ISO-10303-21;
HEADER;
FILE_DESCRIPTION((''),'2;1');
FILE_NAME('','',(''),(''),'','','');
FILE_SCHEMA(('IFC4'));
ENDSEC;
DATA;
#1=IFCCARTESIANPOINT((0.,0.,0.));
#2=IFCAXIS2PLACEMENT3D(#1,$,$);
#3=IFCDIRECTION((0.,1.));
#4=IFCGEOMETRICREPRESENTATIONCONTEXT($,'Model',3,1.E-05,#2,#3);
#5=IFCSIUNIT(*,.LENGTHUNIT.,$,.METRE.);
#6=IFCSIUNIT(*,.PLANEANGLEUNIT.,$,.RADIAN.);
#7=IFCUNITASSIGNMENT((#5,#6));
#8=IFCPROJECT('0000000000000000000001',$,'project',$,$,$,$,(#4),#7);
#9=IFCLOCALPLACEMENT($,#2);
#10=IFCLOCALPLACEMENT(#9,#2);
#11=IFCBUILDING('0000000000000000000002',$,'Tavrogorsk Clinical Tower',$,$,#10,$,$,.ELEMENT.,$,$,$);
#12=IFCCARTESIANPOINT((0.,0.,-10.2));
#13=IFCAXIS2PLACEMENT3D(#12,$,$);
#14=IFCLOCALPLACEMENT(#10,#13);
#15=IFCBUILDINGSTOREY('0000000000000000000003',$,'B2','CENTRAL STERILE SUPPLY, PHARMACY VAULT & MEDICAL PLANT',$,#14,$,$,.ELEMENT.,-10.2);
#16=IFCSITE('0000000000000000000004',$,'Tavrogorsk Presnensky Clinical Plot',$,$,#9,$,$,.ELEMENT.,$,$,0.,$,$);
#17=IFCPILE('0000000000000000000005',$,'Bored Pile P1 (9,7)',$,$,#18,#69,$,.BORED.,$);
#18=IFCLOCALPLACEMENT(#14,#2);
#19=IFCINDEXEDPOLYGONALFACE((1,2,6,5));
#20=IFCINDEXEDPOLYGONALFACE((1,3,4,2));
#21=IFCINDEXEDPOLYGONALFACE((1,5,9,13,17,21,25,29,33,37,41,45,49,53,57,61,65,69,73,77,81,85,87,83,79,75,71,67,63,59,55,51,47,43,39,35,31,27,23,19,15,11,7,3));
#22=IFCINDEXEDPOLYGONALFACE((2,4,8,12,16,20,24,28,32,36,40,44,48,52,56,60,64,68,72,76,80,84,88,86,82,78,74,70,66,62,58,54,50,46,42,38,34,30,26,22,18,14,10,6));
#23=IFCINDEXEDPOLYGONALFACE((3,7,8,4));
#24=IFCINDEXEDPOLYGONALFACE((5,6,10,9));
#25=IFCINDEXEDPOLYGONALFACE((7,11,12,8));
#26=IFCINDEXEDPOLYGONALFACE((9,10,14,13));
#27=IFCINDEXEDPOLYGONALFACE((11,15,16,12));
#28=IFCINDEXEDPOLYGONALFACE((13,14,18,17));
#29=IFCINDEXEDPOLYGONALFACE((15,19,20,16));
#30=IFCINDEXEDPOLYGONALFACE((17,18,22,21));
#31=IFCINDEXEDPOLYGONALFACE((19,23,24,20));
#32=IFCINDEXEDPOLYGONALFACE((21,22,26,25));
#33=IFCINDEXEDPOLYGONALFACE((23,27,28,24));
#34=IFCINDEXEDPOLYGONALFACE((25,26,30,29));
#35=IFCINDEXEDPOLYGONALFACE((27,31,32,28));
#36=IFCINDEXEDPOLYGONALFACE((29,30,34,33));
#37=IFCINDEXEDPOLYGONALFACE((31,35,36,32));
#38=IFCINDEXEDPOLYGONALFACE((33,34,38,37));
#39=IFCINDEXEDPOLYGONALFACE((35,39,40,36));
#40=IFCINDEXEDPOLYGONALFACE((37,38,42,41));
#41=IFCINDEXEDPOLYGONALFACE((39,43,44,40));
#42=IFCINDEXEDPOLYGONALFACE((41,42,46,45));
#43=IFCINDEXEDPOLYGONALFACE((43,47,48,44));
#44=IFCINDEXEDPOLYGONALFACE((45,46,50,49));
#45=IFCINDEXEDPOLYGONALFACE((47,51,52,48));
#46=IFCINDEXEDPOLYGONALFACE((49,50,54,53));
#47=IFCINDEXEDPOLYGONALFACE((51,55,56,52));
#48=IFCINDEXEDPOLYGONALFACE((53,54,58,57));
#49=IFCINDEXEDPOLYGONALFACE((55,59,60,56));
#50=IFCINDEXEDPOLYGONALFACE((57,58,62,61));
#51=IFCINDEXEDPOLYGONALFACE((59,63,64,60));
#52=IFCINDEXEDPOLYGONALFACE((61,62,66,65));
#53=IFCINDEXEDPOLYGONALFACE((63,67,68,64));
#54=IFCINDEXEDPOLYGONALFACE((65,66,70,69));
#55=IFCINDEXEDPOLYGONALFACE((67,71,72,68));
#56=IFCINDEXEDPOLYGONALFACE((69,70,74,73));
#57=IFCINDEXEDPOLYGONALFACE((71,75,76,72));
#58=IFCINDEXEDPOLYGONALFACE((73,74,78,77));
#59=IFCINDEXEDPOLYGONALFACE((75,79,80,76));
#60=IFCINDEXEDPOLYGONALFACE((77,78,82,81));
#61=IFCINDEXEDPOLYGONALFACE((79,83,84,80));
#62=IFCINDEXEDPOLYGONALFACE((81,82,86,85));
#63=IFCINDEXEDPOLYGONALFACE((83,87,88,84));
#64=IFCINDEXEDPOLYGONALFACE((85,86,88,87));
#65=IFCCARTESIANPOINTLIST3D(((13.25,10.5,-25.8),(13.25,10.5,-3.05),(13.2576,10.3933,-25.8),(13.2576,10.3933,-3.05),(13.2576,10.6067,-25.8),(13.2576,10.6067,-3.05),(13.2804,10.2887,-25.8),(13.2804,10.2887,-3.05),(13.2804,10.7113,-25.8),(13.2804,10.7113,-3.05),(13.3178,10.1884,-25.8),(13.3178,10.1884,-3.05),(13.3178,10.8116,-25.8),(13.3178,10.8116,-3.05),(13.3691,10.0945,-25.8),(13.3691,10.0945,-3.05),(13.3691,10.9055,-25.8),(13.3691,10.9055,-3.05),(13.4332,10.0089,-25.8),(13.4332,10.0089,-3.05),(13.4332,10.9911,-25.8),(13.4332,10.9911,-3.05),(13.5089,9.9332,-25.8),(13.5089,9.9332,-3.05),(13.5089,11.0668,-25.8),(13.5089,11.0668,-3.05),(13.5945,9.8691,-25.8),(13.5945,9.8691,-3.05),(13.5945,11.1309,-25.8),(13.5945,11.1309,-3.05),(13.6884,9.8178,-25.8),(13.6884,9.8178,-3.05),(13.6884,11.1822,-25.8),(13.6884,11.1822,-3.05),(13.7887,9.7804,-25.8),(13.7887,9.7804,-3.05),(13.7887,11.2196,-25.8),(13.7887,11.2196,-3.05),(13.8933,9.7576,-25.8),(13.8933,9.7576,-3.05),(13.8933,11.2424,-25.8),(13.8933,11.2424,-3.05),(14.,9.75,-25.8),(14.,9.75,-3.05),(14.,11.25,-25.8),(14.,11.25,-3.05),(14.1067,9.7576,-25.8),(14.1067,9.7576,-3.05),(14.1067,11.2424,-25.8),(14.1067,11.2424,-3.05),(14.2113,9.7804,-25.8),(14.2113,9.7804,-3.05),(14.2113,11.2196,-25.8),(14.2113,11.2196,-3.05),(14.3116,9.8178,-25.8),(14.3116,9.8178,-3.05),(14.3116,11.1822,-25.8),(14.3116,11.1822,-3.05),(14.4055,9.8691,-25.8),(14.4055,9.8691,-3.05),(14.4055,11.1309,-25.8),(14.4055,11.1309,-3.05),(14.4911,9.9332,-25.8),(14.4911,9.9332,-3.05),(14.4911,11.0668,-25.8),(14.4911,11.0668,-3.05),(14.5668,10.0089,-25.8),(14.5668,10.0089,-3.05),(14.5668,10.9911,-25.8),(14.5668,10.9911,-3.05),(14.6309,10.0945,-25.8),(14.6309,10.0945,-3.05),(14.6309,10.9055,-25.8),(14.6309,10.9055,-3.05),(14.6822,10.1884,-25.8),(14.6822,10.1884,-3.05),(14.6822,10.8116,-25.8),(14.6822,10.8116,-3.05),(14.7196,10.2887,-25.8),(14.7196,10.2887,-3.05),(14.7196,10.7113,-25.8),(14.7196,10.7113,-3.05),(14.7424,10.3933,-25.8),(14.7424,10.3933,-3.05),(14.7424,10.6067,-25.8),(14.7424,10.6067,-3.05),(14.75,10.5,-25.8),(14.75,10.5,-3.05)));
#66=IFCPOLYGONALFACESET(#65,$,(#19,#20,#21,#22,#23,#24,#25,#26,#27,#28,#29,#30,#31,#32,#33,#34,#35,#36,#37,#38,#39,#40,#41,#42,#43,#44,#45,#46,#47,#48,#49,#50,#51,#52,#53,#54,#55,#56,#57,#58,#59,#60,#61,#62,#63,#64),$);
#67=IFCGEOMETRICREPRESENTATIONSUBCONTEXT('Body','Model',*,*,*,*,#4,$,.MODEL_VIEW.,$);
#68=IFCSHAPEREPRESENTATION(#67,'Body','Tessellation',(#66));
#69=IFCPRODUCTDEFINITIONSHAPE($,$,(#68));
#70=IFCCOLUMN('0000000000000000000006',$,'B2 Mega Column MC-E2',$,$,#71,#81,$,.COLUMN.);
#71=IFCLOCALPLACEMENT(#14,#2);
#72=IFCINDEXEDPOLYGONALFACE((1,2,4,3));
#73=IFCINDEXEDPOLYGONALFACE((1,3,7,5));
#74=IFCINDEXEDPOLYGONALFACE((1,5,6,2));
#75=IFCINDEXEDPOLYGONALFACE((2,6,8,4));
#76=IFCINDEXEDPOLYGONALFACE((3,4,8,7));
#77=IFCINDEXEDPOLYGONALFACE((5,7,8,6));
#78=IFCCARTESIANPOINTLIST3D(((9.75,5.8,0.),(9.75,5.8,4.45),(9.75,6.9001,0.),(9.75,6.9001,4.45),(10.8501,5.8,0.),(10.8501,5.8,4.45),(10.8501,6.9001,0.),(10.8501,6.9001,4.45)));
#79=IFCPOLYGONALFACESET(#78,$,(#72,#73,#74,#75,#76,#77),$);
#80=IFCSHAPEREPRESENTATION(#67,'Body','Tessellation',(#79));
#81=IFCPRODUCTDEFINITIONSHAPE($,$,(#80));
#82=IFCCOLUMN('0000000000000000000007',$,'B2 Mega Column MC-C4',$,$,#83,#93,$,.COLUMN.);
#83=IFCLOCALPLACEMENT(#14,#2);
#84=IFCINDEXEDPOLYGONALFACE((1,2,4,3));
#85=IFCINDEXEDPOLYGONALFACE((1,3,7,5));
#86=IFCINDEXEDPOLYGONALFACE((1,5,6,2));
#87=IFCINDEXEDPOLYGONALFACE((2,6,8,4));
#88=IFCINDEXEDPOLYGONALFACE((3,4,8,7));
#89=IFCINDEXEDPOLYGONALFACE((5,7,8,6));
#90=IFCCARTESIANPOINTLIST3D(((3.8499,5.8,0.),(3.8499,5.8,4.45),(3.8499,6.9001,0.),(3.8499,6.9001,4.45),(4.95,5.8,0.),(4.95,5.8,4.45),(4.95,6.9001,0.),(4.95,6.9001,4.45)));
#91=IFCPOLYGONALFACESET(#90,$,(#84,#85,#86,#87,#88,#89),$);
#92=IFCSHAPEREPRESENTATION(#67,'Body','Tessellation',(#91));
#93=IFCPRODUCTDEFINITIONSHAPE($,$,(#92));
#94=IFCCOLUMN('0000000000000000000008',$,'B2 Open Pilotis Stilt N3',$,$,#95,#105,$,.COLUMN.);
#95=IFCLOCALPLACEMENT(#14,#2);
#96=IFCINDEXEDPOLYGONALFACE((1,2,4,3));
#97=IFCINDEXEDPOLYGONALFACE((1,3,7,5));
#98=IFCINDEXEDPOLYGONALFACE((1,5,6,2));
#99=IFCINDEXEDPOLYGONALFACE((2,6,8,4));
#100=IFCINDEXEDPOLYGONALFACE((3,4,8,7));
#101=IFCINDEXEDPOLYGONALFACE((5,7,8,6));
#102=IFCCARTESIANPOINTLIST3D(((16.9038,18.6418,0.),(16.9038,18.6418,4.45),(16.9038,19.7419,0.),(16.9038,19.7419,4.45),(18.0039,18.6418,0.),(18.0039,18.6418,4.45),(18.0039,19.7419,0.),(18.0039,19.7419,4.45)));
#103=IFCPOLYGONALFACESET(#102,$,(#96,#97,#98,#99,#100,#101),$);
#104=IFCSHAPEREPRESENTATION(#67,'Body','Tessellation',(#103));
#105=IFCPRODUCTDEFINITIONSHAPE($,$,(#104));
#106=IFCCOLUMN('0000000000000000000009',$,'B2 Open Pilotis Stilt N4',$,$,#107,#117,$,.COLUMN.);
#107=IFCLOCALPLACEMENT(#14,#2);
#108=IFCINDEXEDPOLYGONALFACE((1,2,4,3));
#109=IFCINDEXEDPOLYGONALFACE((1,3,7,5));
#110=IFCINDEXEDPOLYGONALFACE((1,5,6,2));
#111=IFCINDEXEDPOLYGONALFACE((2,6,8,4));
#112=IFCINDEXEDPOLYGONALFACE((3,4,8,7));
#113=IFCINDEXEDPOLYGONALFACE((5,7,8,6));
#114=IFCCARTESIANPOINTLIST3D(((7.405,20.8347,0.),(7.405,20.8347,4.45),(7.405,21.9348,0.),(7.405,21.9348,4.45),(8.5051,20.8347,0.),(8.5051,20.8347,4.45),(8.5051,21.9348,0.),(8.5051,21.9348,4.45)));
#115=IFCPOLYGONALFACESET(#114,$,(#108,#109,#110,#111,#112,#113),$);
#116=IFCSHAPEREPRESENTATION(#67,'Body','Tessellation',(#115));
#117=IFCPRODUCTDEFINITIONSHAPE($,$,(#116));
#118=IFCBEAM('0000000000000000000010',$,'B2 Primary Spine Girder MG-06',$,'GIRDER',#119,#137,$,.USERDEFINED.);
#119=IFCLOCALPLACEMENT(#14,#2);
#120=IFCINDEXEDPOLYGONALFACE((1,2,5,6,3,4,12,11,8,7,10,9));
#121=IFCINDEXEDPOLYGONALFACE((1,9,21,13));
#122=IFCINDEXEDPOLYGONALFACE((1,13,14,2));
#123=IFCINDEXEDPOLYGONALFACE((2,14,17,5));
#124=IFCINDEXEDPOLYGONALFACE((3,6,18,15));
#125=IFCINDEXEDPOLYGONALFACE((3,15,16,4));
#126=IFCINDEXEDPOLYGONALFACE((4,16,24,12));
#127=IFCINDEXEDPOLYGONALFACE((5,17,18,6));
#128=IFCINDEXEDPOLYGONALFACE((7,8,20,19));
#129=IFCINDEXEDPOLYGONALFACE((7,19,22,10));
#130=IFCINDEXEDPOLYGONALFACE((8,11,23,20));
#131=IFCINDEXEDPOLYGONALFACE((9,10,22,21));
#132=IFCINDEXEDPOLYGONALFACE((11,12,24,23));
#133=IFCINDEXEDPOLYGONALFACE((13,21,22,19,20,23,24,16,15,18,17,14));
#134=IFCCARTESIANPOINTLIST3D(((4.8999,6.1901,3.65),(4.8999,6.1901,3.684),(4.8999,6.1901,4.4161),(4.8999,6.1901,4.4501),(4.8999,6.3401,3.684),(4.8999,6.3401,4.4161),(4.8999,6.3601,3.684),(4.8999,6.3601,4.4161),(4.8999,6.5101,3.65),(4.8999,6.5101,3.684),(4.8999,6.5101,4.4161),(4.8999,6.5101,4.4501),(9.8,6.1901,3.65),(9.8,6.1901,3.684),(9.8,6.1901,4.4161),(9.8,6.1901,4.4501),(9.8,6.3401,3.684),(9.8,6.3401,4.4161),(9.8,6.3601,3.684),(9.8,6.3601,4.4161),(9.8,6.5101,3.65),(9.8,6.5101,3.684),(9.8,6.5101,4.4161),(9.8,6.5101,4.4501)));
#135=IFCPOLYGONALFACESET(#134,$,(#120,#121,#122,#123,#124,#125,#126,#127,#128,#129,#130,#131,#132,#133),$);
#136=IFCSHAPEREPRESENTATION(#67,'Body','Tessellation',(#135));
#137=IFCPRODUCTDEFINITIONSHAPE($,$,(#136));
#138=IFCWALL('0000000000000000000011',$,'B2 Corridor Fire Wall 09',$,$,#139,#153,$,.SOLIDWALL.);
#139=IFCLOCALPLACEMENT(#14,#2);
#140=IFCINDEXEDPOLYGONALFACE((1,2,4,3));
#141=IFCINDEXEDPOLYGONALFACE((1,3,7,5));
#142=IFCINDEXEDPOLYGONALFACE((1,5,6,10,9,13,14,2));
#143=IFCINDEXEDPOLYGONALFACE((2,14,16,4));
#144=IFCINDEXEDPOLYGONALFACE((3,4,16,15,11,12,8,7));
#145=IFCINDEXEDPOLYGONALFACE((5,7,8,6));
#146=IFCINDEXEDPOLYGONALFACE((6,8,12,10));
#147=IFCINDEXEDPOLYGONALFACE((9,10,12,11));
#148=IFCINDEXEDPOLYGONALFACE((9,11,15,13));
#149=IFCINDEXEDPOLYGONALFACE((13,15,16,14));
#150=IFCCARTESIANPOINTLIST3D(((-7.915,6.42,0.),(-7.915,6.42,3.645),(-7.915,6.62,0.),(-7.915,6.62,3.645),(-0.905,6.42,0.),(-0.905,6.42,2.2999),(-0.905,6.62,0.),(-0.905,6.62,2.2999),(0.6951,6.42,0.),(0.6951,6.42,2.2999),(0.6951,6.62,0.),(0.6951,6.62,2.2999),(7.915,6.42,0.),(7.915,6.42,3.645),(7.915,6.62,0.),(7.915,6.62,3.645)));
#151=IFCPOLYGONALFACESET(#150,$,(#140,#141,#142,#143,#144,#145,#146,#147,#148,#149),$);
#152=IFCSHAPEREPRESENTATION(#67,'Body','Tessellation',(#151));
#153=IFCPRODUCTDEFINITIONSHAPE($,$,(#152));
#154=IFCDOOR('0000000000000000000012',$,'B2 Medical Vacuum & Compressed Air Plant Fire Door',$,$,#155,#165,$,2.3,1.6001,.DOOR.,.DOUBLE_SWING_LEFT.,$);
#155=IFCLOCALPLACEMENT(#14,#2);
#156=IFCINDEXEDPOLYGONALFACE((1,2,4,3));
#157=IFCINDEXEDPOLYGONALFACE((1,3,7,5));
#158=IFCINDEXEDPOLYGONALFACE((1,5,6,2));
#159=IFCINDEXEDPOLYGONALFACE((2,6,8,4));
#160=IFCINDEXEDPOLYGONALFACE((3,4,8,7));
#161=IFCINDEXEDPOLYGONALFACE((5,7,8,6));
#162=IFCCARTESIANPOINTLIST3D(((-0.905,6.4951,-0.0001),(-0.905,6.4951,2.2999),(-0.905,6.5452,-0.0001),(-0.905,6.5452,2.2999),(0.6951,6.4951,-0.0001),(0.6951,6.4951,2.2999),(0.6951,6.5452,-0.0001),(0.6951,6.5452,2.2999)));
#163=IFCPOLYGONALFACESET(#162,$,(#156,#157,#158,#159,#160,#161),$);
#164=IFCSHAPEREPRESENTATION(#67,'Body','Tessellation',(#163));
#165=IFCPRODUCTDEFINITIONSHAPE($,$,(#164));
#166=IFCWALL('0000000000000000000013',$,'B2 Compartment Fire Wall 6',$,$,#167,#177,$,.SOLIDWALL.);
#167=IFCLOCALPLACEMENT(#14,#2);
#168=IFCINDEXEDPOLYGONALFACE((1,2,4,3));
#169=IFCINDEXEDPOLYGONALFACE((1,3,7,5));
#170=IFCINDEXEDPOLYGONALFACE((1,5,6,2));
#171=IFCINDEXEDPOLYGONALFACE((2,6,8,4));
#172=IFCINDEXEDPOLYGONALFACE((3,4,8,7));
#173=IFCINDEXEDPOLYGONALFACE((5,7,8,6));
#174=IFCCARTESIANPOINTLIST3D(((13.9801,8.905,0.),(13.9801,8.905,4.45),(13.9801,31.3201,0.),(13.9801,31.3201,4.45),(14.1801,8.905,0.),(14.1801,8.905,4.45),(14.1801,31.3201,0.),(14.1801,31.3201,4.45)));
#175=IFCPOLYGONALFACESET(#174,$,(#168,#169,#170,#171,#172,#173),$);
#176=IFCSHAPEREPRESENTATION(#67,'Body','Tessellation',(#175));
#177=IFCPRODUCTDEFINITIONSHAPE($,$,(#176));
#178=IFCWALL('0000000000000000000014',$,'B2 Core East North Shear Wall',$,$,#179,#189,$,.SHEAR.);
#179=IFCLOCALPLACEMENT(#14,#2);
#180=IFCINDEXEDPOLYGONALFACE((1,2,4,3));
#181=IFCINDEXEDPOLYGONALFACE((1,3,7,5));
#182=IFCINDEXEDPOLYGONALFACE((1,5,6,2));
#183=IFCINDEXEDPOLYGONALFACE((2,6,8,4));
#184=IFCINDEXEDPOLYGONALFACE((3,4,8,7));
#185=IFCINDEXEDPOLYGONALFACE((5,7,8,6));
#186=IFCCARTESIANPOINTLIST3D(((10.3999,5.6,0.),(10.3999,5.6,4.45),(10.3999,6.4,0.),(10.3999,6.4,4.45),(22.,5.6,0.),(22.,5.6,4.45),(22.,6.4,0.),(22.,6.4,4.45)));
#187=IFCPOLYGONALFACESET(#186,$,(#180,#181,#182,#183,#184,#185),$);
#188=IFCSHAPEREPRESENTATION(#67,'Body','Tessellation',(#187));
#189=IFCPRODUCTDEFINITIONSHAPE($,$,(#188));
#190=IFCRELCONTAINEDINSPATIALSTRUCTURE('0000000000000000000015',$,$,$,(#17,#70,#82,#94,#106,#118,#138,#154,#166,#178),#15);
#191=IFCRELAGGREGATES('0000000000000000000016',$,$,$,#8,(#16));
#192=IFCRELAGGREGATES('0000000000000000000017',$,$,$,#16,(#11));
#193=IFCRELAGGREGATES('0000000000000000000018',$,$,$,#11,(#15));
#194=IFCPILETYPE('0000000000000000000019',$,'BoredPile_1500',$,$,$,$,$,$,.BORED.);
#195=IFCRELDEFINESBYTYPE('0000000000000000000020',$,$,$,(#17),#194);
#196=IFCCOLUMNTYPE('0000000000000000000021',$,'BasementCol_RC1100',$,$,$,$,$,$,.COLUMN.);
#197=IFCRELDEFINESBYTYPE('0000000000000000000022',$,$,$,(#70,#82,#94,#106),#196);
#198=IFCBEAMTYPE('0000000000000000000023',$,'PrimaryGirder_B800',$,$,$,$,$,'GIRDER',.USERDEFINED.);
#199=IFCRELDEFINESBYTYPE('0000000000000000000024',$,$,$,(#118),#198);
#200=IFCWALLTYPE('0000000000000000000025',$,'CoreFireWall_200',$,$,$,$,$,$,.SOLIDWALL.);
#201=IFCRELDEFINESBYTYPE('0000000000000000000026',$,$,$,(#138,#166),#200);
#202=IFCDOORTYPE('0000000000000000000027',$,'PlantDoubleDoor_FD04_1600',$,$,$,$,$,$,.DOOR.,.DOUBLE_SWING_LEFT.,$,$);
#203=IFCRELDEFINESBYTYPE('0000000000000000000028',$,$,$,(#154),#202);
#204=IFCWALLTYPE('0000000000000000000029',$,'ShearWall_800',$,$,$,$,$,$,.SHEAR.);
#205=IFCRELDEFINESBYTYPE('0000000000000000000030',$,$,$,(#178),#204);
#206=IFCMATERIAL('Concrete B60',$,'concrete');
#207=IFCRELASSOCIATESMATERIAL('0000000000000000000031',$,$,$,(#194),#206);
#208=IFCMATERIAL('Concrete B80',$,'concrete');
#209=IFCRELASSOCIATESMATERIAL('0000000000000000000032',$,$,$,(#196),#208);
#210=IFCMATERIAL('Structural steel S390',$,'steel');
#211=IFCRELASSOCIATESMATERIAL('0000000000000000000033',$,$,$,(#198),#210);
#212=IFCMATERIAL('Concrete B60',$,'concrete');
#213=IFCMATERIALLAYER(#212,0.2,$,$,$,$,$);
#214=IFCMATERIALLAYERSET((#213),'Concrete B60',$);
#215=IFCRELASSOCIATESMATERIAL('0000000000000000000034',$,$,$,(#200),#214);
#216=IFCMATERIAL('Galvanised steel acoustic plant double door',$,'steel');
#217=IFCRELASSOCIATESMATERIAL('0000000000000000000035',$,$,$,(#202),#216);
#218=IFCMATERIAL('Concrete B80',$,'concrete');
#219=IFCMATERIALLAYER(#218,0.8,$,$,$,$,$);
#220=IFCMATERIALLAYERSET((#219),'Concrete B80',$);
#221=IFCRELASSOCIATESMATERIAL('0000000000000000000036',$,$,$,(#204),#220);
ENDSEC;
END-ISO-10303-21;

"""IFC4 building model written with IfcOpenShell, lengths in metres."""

from ifc_helpers import new_model, si_unit, direction, frame, frame_2d, origin, origin_2d, place, context, subcontext, project, spatial, rectangle, circle, i_section, extrude, material, layer, layer_set, material_profile, profile_set, type_object, element, fill, save


model = new_model("IFC4")

# Units and contexts
model_context = context("Model", 3, precision=1e-05, world=origin(), true_north=direction((0.0, 1.0)))
body_context = subcontext(model_context, "Body", "Model", "MODEL_VIEW")
ifc_project = project(units=[si_unit("LENGTHUNIT", "METRE"), si_unit("PLANEANGLEUNIT", "RADIAN")], contexts=[model_context])

# Site, building, storey
site_placement = place(None, origin())
site = spatial("IfcSite", under=ifc_project, at=site_placement, Name="Tavrogorsk Presnensky Clinical Plot", CompositionType="ELEMENT", RefElevation=0.0)
building_placement = place(site_placement, origin())
building = spatial("IfcBuilding", under=site, at=building_placement, Name="Tavrogorsk Clinical Tower", CompositionType="ELEMENT")
storey_placement = place(building_placement, frame((0.0, 0.0, -10.2)))
storey = spatial("IfcBuildingStorey", under=building, at=storey_placement, Name="B2", Description="CENTRAL STERILE SUPPLY, PHARMACY VAULT & MEDICAL PLANT", CompositionType="ELEMENT", Elevation=-10.2)

# Pile
ifc_material_1 = material(Name="Concrete B60", Category="concrete")
ifc_material_profile_1 = material_profile(ifc_material_1, circle(Radius=0.75, at=origin_2d()), Name="BORED-PILE-1500")
ifc_profile_set_1 = profile_set([ifc_material_profile_1], Name="Concrete B60")
pile_type_1 = type_object("IfcPileType", Name="BoredPile_1500", PredefinedType="BORED", material=ifc_profile_set_1)
for number, where, z_axis, x_axis, name in (
    (1, (14.0, 10.5, -3.05), (0.0, 0.0, -1.0), (1.0, 0.0, 0.0), "Bored Pile P1 (9,7)"),
):
    element("IfcPile", number, at=place(storey_placement, frame(where, z_axis=z_axis, x_axis=x_axis)), inside=storey, type_object=pile_type_1, Name=name, PredefinedType="BORED", context=body_context, shape_type="SweptSolid", body=[
        extrude(circle(Radius=0.75, at=origin_2d()), origin(), (0.0, 0.0, 1.0), 22.75),
    ])

# Columns
ifc_material_2 = material(Name="Concrete B80", Category="concrete")
ifc_material_profile_2 = material_profile(ifc_material_2, rectangle(XDim=1.1001, YDim=1.1001, at=origin_2d()), Name="RC-COL-1100x1100")
ifc_profile_set_2 = profile_set([ifc_material_profile_2], Name="Concrete B80")
column_type = type_object("IfcColumnType", Name="BasementCol_RC1100", PredefinedType="COLUMN", material=ifc_profile_set_2)
for number, where, z_axis, x_axis, name in (
    (2, (10.3, 6.3501, 0.0), (0.0, 0.0, 1.0), (1.0, 0.0, 0.0), "B2 Mega Column MC-E2"),
    (3, (4.3999, 6.3501, 0.0), (0.0, 0.0, 1.0), (1.0, 0.0, 0.0), "B2 Mega Column MC-C4"),
    (4, (17.4539, 19.1919, 0.0), (0.0, 0.0, 1.0), (1.0, 0.0, 0.0), "B2 Open Pilotis Stilt N3"),
    (5, (7.9551, 21.3848, 0.0), (0.0, 0.0, 1.0), (1.0, 0.0, 0.0), "B2 Open Pilotis Stilt N4"),
):
    element("IfcColumn", number, at=place(storey_placement, frame(where, z_axis=z_axis, x_axis=x_axis)), inside=storey, type_object=column_type, Name=name, PredefinedType="COLUMN", context=body_context, shape_type="SweptSolid", body=[
        extrude(rectangle(XDim=1.1001, YDim=1.1001, at=origin_2d()), origin(), (0.0, 0.0, 1.0), 4.45),
    ])

# Beam
ifc_material_3 = material(Name="Structural steel S390", Category="steel")
ifc_material_profile_3 = material_profile(ifc_material_3, i_section(OverallWidth=0.3201, OverallDepth=0.8, WebThickness=0.02, FlangeThickness=0.0339, at=origin_2d()), Name="B-800x320x20x34")
ifc_profile_set_3 = profile_set([ifc_material_profile_3], Name="Structural steel S390")
beam_type = type_object("IfcBeamType", Name="PrimaryGirder_B800", ElementType="GIRDER", PredefinedType="USERDEFINED", material=ifc_profile_set_3)
beam_placement = place(storey_placement, frame((4.8999, 6.3501, 4.05), z_axis=(1.0, 0.0, 0.0), x_axis=(0.0, 1.0, 0.0)))
element("IfcBeam", 6, at=beam_placement, inside=storey, type_object=beam_type, Name="B2 Primary Spine Girder MG-06", ObjectType="GIRDER", PredefinedType="USERDEFINED", context=body_context, shape_type="SweptSolid", body=[
    extrude(i_section(OverallWidth=0.3201, OverallDepth=0.8, WebThickness=0.02, FlangeThickness=0.0339, at=origin_2d()), origin(), (0.0, 0.0, 1.0), 4.9001),
])

# Wall, opening, door
ifc_material_4 = material(Name="Concrete B60", Category="concrete")
ifc_layer_1 = layer(ifc_material_4, 0.2)
ifc_layer_set_1 = layer_set([ifc_layer_1], Name="Concrete B60")
wall_type_1 = type_object("IfcWallType", Name="CoreFireWall_200", PredefinedType="SOLIDWALL", material=ifc_layer_set_1)
wall_1_placement = place(storey_placement, frame((7.915, 6.52, 0.0), z_axis=(0.0, 0.0, 1.0), x_axis=(-1.0, 0.0, 0.0)))
wall_1 = element("IfcWall", 7, at=wall_1_placement, inside=storey, type_object=wall_type_1, Name="B2 Corridor Fire Wall 09", PredefinedType="SOLIDWALL", context=body_context, shape_type="SweptSolid", body=[
    extrude(rectangle(XDim=15.8301, YDim=0.2, at=frame_2d((7.915, 0.0))), origin(), (0.0, 0.0, 1.0), 3.645),
])
opening_placement = place(wall_1_placement, frame((7.22, 0.0, 0.0)))
opening = element("IfcOpeningElement", 8, at=opening_placement, cuts=wall_1, PredefinedType="OPENING", context=body_context, shape_type="SweptSolid", body=[
    extrude(rectangle(XDim=1.6001, YDim=2.3, at=frame_2d((0.8, 1.1499))), frame((0.0, 0.1099, 0.0), z_axis=(0.0, -1.0, 0.0), x_axis=(1.0, 0.0, 0.0)), (0.0, 0.0, 1.0), 0.22),
])
ifc_material_5 = material(Name="Galvanised steel acoustic plant double door", Category="steel")
door_type = type_object("IfcDoorType", Name="PlantDoubleDoor_FD04_1600", OperationType="DOUBLE_SWING_LEFT", PredefinedType="DOOR", material=ifc_material_5)
door_placement = place(opening_placement, origin())
door = element("IfcDoor", 9, at=door_placement, inside=storey, type_object=door_type, Name="B2 Medical Vacuum & Compressed Air Plant Fire Door", OperationType="DOUBLE_SWING_LEFT", OverallHeight=2.3, OverallWidth=1.6001, PredefinedType="DOOR", context=body_context, shape_type="SweptSolid", body=[
    extrude(rectangle(XDim=1.6001, YDim=2.3, at=frame_2d((0.8, 1.1499))), frame((0.0, 0.0249, 0.0), z_axis=(0.0, -1.0, 0.0), x_axis=(1.0, 0.0, 0.0)), (0.0, 0.0, 1.0), 0.05),
])
fill(opening, door)

# Walls
wall_2_placement = place(storey_placement, frame((14.0801, 8.905, 0.0), z_axis=(0.0, 0.0, 1.0), x_axis=(0.0, 1.0, 0.0)))
element("IfcWall", 10, at=wall_2_placement, inside=storey, type_object=wall_type_1, Name="B2 Compartment Fire Wall 6", PredefinedType="SOLIDWALL", context=body_context, shape_type="SweptSolid", body=[
    extrude(rectangle(XDim=22.415, YDim=0.2, at=frame_2d((11.2075, 0.0))), origin(), (0.0, 0.0, 1.0), 4.45),
])
ifc_material_6 = material(Name="Concrete B80", Category="concrete")
ifc_layer_2 = layer(ifc_material_6, 0.8)
ifc_layer_set_2 = layer_set([ifc_layer_2], Name="Concrete B80")
wall_type_2 = type_object("IfcWallType", Name="ShearWall_800", PredefinedType="SHEAR", material=ifc_layer_set_2)
wall_3_placement = place(storey_placement, frame((10.3999, 6.0, 0.0), z_axis=(0.0, 0.0, 1.0), x_axis=(1.0, 0.0, 0.0)))
element("IfcWall", 11, at=wall_3_placement, inside=storey, type_object=wall_type_2, Name="B2 Core East North Shear Wall", PredefinedType="SHEAR", context=body_context, shape_type="SweptSolid", body=[
    extrude(rectangle(XDim=11.6001, YDim=0.8, at=frame_2d((5.8, 0.0))), origin(), (0.0, 0.0, 1.0), 4.45),
])

save(model, "model.ifc")
